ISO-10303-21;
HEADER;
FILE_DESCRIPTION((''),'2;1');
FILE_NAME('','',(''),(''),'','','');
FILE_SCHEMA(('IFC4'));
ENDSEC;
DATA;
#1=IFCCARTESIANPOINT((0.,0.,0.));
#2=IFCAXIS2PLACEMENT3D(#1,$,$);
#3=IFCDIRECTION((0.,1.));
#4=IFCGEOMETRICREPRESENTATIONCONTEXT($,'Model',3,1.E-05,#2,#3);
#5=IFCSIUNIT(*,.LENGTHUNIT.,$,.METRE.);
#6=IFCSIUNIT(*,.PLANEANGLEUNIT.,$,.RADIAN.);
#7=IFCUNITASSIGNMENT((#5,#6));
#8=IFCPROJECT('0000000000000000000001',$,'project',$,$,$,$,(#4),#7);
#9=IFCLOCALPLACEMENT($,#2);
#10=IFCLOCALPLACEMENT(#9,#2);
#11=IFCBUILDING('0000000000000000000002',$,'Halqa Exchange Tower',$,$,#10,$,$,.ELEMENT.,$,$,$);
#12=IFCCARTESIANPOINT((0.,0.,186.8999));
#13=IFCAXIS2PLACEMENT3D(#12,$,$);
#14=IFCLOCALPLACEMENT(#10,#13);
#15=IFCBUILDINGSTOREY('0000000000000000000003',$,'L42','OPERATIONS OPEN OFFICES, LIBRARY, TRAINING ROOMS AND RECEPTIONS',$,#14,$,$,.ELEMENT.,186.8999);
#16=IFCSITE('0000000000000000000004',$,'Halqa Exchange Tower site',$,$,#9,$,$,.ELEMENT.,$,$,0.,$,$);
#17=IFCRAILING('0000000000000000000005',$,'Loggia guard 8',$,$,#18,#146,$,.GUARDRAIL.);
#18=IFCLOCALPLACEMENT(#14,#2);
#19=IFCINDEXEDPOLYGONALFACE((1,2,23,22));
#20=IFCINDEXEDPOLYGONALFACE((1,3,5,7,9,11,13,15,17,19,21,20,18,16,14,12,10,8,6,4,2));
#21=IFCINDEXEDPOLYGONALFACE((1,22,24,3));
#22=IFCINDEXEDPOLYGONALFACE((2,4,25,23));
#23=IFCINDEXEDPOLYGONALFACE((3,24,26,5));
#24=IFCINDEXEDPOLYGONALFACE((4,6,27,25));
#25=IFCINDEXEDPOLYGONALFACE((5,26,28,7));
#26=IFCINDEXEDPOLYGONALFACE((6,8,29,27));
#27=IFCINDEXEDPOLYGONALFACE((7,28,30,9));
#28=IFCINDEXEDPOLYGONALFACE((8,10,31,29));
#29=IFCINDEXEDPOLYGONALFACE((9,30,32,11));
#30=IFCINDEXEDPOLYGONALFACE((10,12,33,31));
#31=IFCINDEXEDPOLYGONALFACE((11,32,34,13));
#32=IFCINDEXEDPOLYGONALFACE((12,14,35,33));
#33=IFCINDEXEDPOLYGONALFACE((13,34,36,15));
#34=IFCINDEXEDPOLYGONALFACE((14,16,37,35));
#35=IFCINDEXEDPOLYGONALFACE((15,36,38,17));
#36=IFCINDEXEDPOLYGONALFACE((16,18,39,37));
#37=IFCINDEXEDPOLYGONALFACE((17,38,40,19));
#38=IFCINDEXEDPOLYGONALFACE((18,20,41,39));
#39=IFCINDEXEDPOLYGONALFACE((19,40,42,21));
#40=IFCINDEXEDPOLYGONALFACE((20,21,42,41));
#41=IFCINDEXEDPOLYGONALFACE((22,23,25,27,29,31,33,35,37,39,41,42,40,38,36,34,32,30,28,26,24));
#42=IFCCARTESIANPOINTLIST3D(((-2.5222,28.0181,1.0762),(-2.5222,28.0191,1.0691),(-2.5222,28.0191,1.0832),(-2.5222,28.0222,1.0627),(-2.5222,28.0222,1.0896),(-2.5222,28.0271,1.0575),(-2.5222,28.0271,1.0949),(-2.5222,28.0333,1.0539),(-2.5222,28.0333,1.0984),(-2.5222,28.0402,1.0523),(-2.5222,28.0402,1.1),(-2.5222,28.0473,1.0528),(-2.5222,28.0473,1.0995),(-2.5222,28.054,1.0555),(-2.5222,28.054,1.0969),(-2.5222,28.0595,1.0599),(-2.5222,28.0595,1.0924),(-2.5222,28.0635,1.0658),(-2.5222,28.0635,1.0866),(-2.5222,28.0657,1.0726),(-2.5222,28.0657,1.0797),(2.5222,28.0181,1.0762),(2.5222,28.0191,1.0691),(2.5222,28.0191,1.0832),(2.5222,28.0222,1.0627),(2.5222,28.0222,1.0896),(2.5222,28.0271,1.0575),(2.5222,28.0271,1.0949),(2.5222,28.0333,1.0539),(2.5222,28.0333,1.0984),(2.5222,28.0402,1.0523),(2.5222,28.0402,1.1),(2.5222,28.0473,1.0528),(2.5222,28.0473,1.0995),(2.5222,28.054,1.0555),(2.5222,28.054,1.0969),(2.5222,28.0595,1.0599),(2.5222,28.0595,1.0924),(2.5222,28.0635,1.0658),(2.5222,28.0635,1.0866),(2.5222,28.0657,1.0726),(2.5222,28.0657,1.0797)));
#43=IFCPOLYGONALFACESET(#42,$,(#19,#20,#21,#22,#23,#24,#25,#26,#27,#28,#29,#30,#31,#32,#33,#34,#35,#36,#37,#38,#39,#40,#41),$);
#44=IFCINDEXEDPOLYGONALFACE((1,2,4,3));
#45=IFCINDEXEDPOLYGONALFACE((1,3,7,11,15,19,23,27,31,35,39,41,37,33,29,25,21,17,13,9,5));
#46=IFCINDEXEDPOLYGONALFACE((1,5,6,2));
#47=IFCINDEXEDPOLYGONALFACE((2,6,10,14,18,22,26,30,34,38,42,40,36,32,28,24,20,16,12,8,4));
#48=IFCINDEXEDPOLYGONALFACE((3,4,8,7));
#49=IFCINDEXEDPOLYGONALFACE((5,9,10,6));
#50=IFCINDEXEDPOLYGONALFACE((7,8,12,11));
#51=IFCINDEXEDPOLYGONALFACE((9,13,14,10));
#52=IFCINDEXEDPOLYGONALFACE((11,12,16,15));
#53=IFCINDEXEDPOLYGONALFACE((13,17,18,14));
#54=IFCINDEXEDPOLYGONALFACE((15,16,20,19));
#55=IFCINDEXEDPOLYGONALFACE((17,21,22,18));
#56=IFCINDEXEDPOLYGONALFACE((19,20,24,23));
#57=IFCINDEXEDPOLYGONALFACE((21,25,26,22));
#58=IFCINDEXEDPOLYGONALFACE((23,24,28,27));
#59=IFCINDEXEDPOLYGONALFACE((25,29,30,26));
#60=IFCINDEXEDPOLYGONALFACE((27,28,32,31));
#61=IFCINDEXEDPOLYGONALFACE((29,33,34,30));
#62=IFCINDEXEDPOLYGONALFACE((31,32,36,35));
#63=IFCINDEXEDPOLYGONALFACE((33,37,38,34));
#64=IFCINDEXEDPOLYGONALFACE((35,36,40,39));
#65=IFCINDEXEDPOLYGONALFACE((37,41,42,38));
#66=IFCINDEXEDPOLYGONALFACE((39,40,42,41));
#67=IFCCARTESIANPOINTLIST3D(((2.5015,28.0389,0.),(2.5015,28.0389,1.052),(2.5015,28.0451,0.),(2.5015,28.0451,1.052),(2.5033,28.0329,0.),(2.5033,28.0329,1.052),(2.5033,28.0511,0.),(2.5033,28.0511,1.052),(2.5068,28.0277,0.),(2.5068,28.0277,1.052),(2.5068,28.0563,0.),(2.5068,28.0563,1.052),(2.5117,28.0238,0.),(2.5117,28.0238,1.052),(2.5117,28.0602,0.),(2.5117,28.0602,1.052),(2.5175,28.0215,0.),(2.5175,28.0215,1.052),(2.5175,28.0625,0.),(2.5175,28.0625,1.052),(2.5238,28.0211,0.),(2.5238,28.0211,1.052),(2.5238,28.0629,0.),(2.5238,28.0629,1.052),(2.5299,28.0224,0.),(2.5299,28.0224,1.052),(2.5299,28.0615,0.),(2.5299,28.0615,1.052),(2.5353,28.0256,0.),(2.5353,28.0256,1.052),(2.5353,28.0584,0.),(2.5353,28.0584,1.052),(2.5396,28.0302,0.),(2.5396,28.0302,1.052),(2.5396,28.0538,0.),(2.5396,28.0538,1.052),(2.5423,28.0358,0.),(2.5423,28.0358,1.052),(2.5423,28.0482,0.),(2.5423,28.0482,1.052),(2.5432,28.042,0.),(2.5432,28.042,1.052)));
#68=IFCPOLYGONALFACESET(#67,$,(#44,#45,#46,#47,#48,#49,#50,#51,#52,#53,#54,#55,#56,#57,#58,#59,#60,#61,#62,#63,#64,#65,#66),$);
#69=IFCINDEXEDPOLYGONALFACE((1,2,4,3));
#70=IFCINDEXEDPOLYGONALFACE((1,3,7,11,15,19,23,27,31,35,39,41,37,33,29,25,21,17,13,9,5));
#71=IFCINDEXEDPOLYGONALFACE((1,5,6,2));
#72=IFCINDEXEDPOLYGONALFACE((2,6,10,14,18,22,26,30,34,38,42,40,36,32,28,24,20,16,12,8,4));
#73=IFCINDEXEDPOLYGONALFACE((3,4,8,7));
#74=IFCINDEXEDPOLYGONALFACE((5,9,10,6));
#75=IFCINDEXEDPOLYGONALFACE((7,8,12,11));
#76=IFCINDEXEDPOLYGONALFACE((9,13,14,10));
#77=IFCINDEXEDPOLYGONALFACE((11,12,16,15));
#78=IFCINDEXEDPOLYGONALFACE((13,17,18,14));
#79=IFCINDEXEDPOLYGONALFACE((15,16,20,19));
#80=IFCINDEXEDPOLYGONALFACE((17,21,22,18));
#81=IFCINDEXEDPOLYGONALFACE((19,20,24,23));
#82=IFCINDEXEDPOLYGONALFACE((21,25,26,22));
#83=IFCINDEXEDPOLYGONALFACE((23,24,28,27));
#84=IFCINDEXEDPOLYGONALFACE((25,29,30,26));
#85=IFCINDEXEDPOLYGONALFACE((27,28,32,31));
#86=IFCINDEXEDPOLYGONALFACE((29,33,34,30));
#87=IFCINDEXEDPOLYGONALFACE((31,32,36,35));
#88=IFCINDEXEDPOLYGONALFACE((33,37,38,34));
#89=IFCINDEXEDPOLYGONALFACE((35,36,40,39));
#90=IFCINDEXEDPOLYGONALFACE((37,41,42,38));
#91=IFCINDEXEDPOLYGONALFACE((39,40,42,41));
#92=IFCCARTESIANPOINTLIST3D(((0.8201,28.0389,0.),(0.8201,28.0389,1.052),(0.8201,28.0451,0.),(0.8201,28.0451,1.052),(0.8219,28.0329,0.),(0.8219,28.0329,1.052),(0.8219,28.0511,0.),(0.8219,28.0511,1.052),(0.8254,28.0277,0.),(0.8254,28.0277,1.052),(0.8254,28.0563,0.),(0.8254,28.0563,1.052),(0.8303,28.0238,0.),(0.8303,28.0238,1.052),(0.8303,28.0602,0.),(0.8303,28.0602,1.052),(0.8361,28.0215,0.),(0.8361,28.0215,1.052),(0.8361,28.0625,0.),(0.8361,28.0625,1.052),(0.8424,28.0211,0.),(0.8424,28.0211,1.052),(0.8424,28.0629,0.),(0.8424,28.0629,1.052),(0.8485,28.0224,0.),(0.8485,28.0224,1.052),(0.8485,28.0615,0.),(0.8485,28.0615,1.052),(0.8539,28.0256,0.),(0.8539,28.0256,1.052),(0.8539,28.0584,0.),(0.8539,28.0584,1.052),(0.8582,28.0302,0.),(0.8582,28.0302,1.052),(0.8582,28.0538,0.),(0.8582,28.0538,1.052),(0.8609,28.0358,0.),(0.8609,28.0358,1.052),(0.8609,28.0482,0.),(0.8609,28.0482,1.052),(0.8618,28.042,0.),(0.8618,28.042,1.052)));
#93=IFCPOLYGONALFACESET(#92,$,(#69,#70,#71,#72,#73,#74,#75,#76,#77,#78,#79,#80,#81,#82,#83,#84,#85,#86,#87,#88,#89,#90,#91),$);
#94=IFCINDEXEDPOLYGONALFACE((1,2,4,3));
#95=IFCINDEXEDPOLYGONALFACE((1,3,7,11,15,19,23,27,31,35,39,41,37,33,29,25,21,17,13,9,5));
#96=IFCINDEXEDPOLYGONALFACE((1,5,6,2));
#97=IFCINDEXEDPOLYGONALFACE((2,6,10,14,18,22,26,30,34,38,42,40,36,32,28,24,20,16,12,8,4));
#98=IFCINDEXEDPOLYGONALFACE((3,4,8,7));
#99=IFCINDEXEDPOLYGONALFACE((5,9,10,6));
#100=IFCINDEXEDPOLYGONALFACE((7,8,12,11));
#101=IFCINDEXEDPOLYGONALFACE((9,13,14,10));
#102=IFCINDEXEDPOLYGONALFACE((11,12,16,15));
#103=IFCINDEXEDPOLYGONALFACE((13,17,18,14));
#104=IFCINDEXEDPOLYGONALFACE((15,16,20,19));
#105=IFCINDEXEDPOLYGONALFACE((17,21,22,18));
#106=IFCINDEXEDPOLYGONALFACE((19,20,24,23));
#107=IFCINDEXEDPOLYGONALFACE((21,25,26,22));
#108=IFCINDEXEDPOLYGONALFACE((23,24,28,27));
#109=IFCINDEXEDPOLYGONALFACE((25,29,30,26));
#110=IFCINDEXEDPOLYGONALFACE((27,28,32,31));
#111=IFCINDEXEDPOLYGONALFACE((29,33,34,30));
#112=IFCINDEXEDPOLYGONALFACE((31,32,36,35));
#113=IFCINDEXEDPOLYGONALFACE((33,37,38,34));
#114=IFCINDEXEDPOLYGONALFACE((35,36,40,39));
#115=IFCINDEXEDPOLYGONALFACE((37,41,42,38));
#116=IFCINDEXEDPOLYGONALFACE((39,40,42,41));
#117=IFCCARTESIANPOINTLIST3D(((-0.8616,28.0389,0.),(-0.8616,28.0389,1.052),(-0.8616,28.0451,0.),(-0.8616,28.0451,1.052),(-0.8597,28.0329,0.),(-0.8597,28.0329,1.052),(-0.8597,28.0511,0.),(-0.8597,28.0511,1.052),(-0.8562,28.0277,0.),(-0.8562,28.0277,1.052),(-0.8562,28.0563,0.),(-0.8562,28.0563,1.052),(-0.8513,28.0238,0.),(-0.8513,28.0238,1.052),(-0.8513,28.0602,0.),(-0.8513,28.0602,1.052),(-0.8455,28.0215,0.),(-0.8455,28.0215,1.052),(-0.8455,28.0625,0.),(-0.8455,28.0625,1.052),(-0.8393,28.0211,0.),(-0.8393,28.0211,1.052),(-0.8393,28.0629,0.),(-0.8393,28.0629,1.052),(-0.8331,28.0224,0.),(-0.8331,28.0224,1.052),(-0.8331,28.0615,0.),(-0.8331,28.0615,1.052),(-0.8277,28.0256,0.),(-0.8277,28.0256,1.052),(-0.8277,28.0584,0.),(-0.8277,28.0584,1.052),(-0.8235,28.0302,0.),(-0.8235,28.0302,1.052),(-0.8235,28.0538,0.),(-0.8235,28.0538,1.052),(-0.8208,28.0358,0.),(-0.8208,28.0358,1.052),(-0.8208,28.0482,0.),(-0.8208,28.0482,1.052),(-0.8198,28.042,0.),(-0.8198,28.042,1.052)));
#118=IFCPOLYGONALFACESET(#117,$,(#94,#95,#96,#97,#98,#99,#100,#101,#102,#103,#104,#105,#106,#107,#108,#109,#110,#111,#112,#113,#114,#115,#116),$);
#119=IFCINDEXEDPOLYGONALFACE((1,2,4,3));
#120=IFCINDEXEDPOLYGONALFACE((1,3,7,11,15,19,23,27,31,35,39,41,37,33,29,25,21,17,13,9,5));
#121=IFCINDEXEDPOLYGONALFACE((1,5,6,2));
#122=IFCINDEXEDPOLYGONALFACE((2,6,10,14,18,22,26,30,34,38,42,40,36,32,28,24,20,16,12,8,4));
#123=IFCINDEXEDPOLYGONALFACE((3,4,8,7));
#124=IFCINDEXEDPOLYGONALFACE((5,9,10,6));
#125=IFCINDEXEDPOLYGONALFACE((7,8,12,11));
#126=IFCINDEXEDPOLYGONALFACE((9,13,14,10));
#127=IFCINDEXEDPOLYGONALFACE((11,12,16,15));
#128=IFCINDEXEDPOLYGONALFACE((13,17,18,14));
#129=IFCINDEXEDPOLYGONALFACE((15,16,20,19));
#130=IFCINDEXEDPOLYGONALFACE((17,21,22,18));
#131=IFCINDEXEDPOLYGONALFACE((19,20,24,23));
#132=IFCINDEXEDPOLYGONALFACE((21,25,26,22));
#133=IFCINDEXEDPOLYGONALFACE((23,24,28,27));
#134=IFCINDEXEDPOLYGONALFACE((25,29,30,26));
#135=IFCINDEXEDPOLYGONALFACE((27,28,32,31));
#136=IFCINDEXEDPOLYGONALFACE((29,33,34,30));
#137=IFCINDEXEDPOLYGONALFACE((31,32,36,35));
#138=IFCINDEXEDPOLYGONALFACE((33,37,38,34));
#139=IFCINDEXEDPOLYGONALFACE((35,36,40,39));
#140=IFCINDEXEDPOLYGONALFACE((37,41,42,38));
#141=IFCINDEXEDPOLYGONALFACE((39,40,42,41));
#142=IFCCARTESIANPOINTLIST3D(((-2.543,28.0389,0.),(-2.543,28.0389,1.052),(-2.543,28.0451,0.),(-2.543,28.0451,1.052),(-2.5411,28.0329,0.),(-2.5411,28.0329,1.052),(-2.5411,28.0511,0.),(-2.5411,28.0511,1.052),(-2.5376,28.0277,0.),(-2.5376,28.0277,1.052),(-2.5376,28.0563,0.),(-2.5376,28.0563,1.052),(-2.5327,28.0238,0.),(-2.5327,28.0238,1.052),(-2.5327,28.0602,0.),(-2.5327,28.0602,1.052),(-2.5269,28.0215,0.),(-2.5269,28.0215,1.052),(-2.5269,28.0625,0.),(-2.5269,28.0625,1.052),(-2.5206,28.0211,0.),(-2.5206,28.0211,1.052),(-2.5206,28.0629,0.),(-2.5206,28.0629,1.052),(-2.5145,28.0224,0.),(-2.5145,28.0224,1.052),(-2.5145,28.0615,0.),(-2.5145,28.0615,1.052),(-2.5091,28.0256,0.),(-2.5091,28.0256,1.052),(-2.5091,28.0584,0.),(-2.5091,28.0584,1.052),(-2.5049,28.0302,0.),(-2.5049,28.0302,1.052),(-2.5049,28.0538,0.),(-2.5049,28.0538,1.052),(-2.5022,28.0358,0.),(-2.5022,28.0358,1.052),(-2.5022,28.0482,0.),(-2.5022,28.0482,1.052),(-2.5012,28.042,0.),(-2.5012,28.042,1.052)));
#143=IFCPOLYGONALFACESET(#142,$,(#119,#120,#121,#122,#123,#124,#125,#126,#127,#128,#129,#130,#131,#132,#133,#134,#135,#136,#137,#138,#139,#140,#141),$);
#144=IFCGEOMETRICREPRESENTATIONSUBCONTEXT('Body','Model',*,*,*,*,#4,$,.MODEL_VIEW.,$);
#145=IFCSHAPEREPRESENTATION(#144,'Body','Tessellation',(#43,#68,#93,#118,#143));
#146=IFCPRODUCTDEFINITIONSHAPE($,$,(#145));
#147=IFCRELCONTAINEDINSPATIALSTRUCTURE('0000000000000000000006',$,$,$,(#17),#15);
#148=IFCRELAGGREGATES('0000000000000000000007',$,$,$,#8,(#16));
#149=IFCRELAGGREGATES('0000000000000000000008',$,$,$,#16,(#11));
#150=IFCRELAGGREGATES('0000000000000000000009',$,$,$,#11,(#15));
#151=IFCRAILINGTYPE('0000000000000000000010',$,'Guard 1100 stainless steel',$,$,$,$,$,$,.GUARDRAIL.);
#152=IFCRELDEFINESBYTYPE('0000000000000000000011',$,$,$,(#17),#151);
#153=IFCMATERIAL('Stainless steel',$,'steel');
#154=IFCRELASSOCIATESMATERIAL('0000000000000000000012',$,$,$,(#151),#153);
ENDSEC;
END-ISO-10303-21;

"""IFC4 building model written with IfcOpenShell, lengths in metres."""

from ifc_helpers import new_model, si_unit, direction, frame, origin, origin_2d, place, context, subcontext, project, spatial, circle, extrude, material, type_object, element, save


model = new_model("IFC4")

# Units and contexts
model_context = context("Model", 3, precision=1e-05, world=origin(), true_north=direction((0.0, 1.0)))
body_context = subcontext(model_context, "Body", "Model", "MODEL_VIEW")
ifc_project = project(units=[si_unit("LENGTHUNIT", "METRE"), si_unit("PLANEANGLEUNIT", "RADIAN")], contexts=[model_context])

# Site, building, storey
site_placement = place(None, origin())
site = spatial("IfcSite", under=ifc_project, at=site_placement, Name="Halqa Exchange Tower site", CompositionType="ELEMENT", RefElevation=0.0)
building_placement = place(site_placement, origin())
building = spatial("IfcBuilding", under=site, at=building_placement, Name="Halqa Exchange Tower", CompositionType="ELEMENT")
storey_placement = place(building_placement, frame((0.0, 0.0, 186.8999)))
storey = spatial("IfcBuildingStorey", under=building, at=storey_placement, Name="L42", Description="OPERATIONS OPEN OFFICES, LIBRARY, TRAINING ROOMS AND RECEPTIONS", CompositionType="ELEMENT", Elevation=186.8999)

# Railing
ifc_material_1 = material(Name="Stainless steel", Category="steel")
railing_type_1 = type_object("IfcRailingType", Name="Guard 1100 stainless steel", PredefinedType="GUARDRAIL", material=ifc_material_1)
railing_1_placement = place(storey_placement, frame((2.5222, 28.042, 0.0)))
element("IfcRailing", 1, at=railing_1_placement, inside=storey, type_object=railing_type_1, Name="Loggia guard 8", PredefinedType="GUARDRAIL", context=body_context, shape_type="SweptSolid", body=[
    extrude(circle(Radius=0.0239, at=origin_2d()), frame((0.0, 0.0, 1.0762), z_axis=(-1.0, 0.0, 0.0), x_axis=(0.0, -1.0, 0.0)), (0.0, 0.0, 1.0), 5.0444),
    extrude(circle(Radius=0.021, at=origin_2d()), origin(), (0.0, 0.0, 1.0), 1.052),
    extrude(circle(Radius=0.021, at=origin_2d()), frame((-1.6814, 0.0, 0.0)), (0.0, 0.0, 1.0), 1.052),
    extrude(circle(Radius=0.021, at=origin_2d()), frame((-3.363, 0.0, 0.0)), (0.0, 0.0, 1.0), 1.052),
    extrude(circle(Radius=0.021, at=origin_2d()), frame((-5.0444, 0.0, 0.0)), (0.0, 0.0, 1.0), 1.052),
])

save(model, "model.ifc")
